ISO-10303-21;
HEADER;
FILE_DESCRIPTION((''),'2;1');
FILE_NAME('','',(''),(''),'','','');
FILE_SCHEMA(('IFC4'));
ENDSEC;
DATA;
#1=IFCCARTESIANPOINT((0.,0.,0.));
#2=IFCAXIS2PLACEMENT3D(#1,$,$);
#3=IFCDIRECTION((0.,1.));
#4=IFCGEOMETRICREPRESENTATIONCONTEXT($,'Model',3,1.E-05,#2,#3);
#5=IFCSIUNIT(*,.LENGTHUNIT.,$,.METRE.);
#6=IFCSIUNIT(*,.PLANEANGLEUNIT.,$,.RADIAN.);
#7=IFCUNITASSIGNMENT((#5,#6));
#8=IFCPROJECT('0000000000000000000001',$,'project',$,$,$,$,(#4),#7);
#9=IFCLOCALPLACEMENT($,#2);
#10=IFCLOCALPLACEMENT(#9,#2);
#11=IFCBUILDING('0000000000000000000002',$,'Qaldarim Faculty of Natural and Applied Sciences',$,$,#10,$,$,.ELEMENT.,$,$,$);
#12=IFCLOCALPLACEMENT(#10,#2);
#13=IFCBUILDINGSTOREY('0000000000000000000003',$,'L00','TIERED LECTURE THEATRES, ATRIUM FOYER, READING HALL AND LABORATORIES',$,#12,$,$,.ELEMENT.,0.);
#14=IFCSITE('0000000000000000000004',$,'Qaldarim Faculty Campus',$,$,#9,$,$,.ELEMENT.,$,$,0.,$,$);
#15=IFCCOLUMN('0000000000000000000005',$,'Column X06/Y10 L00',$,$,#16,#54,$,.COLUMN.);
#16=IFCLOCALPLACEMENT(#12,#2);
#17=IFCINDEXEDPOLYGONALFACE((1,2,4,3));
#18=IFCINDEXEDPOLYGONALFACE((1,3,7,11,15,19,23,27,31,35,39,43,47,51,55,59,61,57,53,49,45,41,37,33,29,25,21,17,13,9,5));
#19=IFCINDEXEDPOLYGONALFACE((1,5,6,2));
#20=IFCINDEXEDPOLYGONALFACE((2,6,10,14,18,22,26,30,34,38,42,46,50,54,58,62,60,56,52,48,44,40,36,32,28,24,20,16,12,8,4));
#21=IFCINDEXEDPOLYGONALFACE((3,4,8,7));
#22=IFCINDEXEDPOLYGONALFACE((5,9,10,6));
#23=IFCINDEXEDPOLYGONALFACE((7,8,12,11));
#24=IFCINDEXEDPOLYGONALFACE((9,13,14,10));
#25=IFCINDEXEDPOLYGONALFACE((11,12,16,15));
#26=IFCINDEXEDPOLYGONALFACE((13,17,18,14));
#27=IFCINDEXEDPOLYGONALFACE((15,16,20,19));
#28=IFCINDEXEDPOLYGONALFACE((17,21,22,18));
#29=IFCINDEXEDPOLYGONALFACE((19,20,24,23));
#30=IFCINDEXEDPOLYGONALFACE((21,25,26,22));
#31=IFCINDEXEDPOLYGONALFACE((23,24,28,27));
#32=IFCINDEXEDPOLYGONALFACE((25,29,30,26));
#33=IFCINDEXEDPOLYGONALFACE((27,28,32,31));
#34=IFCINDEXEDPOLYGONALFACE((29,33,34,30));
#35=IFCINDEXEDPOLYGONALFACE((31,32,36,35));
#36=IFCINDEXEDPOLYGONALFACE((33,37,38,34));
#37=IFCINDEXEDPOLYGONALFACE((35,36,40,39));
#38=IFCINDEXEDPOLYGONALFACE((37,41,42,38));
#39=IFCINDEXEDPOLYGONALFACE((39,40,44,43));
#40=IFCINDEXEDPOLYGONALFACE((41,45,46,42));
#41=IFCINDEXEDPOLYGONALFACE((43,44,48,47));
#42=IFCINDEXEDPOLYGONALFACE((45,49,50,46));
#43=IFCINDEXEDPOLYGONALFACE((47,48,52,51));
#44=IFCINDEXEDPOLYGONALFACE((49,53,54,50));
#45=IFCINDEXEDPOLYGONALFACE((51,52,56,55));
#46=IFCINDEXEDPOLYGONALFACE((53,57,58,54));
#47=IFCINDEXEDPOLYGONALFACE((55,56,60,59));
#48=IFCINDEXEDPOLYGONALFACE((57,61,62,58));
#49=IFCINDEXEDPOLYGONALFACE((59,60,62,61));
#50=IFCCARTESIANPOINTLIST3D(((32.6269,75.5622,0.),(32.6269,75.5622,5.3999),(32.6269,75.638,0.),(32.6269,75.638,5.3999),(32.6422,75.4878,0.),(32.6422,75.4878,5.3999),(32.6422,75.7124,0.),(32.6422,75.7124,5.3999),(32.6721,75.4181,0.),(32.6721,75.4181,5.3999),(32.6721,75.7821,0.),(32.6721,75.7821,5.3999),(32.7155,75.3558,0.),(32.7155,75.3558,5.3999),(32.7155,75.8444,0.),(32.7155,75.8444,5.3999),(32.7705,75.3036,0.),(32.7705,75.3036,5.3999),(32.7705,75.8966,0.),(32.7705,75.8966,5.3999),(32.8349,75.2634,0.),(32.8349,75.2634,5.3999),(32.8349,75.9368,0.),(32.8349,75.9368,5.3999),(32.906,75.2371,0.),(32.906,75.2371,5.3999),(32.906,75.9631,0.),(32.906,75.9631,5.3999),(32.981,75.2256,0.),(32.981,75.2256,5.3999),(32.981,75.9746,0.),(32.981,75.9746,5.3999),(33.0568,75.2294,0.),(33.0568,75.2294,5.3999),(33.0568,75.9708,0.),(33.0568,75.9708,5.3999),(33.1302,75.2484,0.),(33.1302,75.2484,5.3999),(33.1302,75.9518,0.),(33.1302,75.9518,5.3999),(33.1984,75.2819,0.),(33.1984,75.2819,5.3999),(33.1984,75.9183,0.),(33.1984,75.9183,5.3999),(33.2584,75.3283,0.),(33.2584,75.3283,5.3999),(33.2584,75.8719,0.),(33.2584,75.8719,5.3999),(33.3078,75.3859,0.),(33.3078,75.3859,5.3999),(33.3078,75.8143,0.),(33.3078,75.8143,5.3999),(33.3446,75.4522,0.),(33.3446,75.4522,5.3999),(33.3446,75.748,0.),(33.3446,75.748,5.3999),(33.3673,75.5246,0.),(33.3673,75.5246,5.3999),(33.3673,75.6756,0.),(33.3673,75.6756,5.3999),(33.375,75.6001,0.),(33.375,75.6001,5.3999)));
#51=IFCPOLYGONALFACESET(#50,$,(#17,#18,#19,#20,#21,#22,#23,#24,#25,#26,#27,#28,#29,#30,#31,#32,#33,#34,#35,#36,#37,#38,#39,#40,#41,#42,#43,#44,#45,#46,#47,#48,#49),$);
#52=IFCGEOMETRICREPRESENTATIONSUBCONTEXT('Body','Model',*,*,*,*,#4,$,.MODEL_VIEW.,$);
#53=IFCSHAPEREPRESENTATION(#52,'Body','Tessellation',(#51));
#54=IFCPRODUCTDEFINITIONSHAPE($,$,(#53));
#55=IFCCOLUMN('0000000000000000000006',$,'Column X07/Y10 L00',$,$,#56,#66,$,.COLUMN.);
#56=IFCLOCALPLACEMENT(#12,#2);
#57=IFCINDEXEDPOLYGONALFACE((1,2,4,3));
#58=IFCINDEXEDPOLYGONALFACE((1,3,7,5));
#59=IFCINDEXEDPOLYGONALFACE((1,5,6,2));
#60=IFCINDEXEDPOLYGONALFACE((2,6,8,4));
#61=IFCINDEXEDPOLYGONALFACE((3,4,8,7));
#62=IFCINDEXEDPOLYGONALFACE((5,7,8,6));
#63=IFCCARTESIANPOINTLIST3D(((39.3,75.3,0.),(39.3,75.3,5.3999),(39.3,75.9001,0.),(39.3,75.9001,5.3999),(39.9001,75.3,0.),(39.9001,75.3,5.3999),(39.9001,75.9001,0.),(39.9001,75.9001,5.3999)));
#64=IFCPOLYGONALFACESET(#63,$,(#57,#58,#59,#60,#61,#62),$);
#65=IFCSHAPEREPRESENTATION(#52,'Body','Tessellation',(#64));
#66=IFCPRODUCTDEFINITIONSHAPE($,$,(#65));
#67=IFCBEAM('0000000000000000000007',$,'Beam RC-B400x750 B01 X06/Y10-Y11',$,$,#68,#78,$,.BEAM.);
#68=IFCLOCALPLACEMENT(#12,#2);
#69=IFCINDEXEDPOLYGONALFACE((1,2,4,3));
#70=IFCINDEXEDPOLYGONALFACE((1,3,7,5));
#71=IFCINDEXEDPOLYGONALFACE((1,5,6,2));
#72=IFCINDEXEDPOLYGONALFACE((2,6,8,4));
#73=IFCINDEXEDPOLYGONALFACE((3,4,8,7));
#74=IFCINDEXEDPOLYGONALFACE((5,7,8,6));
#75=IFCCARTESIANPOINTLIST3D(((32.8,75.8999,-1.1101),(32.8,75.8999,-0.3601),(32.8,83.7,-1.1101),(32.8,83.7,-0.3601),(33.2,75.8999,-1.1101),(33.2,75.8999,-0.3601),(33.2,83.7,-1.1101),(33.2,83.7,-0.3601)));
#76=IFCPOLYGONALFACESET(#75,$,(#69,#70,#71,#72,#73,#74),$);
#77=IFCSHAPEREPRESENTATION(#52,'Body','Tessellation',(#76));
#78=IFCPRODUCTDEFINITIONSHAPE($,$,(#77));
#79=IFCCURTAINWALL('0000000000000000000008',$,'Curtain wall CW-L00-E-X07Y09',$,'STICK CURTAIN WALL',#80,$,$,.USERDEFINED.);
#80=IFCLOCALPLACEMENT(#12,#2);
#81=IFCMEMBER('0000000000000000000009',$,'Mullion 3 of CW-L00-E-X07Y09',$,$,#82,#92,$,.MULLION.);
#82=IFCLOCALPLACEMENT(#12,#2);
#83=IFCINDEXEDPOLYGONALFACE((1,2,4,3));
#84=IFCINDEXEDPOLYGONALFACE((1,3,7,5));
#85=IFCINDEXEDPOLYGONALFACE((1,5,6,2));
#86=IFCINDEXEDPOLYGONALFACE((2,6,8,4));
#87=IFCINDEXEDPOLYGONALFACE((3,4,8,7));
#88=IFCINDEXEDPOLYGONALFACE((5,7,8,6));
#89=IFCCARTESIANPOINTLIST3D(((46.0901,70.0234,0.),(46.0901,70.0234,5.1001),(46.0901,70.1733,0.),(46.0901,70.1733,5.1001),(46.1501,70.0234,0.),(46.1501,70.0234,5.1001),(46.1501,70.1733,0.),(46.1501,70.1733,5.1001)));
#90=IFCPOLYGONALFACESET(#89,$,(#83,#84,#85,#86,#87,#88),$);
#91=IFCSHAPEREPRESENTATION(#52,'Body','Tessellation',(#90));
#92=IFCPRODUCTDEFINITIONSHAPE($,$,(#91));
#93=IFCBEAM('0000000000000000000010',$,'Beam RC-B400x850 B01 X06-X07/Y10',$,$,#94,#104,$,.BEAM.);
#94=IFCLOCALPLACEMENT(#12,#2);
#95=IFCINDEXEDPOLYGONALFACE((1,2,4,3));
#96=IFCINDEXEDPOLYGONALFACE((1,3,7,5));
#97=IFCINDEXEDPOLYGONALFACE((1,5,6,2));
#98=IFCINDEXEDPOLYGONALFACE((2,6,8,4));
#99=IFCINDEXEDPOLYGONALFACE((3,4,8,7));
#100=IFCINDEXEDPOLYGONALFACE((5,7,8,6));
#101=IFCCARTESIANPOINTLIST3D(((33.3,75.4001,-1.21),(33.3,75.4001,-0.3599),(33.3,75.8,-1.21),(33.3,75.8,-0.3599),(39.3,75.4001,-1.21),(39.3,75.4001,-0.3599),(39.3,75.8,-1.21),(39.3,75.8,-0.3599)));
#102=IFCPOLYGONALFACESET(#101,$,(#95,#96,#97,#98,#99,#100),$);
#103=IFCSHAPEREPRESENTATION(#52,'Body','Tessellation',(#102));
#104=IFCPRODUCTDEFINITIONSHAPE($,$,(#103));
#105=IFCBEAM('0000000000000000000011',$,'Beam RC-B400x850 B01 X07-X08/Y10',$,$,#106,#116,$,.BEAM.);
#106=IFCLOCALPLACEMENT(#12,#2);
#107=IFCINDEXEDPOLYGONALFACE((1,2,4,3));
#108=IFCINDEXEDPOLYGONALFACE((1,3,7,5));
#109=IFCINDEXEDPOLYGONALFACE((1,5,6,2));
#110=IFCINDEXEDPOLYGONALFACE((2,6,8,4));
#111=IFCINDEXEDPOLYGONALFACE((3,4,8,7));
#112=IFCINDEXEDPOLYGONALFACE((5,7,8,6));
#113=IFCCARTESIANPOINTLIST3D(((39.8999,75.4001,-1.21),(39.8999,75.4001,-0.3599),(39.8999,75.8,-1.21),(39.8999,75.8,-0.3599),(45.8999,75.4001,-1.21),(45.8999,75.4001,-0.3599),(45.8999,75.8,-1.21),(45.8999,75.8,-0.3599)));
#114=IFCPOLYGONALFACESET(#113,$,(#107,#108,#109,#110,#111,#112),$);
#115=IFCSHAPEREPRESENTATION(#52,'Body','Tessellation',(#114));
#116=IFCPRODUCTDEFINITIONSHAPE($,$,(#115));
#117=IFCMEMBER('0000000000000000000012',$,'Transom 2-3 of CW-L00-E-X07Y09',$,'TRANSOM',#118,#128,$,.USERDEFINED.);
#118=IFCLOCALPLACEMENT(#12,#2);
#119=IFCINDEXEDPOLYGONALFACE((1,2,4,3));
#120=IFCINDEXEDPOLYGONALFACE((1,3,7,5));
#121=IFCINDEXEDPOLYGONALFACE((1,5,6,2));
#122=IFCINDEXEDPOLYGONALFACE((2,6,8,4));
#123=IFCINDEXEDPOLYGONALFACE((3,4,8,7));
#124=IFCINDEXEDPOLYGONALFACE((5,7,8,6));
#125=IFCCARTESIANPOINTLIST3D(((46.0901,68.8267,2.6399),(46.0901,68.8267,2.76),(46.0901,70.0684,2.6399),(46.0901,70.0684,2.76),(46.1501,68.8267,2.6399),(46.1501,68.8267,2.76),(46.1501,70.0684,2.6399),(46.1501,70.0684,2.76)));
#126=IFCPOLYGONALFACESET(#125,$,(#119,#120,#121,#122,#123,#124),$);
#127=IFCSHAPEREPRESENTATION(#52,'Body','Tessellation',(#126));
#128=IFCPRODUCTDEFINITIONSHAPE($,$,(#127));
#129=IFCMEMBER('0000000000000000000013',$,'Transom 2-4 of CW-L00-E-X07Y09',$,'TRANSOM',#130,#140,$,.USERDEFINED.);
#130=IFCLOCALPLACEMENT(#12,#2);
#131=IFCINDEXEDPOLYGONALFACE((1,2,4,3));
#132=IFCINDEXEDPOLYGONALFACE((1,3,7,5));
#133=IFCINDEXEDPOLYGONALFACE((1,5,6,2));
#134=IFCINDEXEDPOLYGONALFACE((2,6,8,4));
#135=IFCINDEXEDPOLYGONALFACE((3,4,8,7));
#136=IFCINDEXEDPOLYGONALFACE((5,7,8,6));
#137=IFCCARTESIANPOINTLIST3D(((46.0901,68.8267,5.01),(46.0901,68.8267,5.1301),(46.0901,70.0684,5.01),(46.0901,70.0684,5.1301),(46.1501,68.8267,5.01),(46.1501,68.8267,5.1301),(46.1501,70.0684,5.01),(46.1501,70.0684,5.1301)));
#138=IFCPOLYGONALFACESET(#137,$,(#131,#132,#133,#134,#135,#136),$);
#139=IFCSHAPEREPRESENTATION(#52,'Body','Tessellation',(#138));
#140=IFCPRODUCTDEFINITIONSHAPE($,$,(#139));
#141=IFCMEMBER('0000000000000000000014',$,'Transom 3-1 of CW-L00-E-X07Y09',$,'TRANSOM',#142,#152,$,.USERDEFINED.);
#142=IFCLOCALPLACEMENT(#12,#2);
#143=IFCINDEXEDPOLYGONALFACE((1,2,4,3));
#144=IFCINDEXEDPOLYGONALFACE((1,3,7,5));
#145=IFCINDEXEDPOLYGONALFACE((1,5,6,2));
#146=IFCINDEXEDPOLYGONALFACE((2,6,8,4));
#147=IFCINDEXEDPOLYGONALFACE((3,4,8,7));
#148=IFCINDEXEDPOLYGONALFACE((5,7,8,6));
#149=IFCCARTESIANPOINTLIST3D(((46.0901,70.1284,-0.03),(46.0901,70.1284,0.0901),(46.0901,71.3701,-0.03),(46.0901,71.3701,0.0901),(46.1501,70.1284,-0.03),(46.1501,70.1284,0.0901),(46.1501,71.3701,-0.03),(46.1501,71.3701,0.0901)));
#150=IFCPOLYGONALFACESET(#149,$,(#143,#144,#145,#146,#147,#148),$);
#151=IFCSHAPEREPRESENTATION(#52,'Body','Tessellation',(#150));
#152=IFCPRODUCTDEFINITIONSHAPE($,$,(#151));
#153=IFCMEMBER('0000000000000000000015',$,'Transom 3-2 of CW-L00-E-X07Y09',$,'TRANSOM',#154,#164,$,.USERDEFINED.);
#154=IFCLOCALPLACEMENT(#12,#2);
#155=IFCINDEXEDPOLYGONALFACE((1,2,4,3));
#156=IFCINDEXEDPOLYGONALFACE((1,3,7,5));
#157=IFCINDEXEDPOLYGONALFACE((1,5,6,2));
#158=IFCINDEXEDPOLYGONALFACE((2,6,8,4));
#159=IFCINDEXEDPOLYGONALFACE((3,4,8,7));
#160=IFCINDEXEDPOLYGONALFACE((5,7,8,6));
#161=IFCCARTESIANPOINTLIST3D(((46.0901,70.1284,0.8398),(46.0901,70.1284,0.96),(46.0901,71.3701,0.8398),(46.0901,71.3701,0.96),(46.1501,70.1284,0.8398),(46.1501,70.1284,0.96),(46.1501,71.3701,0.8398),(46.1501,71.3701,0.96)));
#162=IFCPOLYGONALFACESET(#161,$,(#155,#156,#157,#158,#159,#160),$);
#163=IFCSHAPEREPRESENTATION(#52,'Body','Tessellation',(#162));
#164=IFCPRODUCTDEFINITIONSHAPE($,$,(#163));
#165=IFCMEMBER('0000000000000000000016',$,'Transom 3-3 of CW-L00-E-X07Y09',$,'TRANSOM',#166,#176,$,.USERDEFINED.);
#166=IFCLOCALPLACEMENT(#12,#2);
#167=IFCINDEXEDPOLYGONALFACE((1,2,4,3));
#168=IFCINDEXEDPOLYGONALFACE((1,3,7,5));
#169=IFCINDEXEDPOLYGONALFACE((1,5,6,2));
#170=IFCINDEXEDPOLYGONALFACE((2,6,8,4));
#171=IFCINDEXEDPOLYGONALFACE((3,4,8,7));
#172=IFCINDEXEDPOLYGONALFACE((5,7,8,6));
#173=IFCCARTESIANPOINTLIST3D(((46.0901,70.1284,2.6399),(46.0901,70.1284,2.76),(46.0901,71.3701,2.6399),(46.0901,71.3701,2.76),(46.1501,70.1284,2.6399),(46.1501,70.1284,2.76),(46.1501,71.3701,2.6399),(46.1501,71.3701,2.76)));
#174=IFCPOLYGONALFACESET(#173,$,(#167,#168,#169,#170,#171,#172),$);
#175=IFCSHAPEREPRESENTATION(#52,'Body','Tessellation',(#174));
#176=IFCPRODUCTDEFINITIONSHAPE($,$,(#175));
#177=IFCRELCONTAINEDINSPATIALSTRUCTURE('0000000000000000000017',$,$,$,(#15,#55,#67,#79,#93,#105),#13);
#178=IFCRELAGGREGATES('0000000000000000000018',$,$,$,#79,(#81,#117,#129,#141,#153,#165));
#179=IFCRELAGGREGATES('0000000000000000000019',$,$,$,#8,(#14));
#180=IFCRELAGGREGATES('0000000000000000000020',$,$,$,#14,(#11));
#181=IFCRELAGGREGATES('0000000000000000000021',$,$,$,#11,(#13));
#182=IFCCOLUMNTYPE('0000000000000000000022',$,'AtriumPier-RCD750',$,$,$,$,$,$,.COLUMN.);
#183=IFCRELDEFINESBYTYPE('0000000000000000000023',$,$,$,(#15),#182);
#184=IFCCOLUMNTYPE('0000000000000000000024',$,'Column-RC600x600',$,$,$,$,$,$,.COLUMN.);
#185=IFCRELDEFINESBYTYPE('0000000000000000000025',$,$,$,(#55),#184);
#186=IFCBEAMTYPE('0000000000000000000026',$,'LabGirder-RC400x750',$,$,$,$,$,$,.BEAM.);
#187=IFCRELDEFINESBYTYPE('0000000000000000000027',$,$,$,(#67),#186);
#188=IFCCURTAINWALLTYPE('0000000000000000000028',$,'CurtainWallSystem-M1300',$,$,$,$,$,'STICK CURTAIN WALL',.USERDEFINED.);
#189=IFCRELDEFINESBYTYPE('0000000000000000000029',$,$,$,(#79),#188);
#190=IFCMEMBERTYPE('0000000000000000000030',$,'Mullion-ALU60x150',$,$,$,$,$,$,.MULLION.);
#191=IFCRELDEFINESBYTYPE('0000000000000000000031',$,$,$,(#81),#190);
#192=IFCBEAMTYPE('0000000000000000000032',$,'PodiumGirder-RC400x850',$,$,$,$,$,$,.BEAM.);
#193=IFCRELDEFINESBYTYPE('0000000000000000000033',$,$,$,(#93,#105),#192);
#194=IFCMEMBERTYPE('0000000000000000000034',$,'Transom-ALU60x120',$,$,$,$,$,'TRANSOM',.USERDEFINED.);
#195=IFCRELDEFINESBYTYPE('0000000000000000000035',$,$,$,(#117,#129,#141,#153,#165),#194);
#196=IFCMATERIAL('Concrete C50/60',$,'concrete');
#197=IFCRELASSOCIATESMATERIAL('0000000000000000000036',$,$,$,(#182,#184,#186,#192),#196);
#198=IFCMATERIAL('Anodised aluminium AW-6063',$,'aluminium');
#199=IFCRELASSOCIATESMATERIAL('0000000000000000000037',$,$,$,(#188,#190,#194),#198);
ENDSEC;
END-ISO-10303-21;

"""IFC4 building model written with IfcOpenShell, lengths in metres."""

from ifc_helpers import new_model, si_unit, direction, frame, origin, origin_2d, place, context, subcontext, project, spatial, rectangle, circle, extrude, material, material_profile, profile_set, type_object, element, aggregate, save


model = new_model("IFC4")

# Units and contexts
model_context = context("Model", 3, precision=1e-05, world=origin(), true_north=direction((0.0, 1.0)))
body_context = subcontext(model_context, "Body", "Model", "MODEL_VIEW")
ifc_project = project(units=[si_unit("LENGTHUNIT", "METRE"), si_unit("PLANEANGLEUNIT", "RADIAN")], contexts=[model_context])

# Site, building, storey
site_placement = place(None, origin())
site = spatial("IfcSite", under=ifc_project, at=site_placement, Name="Qaldarim Faculty Campus", CompositionType="ELEMENT", RefElevation=0.0)
building_placement = place(site_placement, origin())
building = spatial("IfcBuilding", under=site, at=building_placement, Name="Qaldarim Faculty of Natural and Applied Sciences", CompositionType="ELEMENT")
storey_placement = place(building_placement, origin())
storey = spatial("IfcBuildingStorey", under=building, at=storey_placement, Name="L00", Description="TIERED LECTURE THEATRES, ATRIUM FOYER, READING HALL AND LABORATORIES", CompositionType="ELEMENT", Elevation=0.0)

# Columns
ifc_material_1 = material(Name="Concrete C50/60", Category="concrete")
ifc_material_profile_1 = material_profile(ifc_material_1, circle(Radius=0.375, at=origin_2d()), Name="RC-D750")
ifc_profile_set_1 = profile_set([ifc_material_profile_1], Name="Concrete C50/60")
column_type_1 = type_object("IfcColumnType", Name="AtriumPier-RCD750", PredefinedType="COLUMN", material=ifc_profile_set_1)
column_1_placement = place(storey_placement, frame((33.0, 75.6001, 0.0), z_axis=(0.0, 0.0, 1.0), x_axis=(1.0, 0.0, 0.0)))
element("IfcColumn", 1, at=column_1_placement, inside=storey, type_object=column_type_1, Name="Column X06/Y10 L00", PredefinedType="COLUMN", context=body_context, shape_type="SweptSolid", body=[
    extrude(circle(Radius=0.375, at=origin_2d()), origin(), (0.0, 0.0, 1.0), 5.3999),
])
ifc_material_profile_2 = material_profile(ifc_material_1, rectangle(XDim=0.6001, YDim=0.6001, at=origin_2d()), Name="RC-C600x600")
ifc_profile_set_2 = profile_set([ifc_material_profile_2], Name="Concrete C50/60")
column_type_2 = type_object("IfcColumnType", Name="Column-RC600x600", PredefinedType="COLUMN", material=ifc_profile_set_2)
column_2_placement = place(storey_placement, frame((39.6001, 75.6001, 0.0), z_axis=(0.0, 0.0, 1.0), x_axis=(1.0, 0.0, 0.0)))
element("IfcColumn", 2, at=column_2_placement, inside=storey, type_object=column_type_2, Name="Column X07/Y10 L00", PredefinedType="COLUMN", context=body_context, shape_type="SweptSolid", body=[
    extrude(rectangle(XDim=0.6001, YDim=0.6001, at=origin_2d()), origin(), (0.0, 0.0, 1.0), 5.3999),
])

# Beam
ifc_material_profile_3 = material_profile(ifc_material_1, rectangle(XDim=0.3999, YDim=0.75, at=origin_2d()), Name="RC-B400x750")
ifc_profile_set_3 = profile_set([ifc_material_profile_3], Name="Concrete C50/60")
beam_type_1 = type_object("IfcBeamType", Name="LabGirder-RC400x750", PredefinedType="BEAM", material=ifc_profile_set_3)
beam_placement = place(storey_placement, frame((33.0, 75.8999, -0.7351), z_axis=(0.0, 1.0, 0.0), x_axis=(-1.0, 0.0, 0.0)))
element("IfcBeam", 3, at=beam_placement, inside=storey, type_object=beam_type_1, Name="Beam RC-B400x750 B01 X06/Y10-Y11", PredefinedType="BEAM", context=body_context, shape_type="SweptSolid", body=[
    extrude(rectangle(XDim=0.3999, YDim=0.75, at=origin_2d()), origin(), (0.0, 0.0, 1.0), 7.8),
])

# Curtain wall, member
ifc_material_2 = material(Name="Anodised aluminium AW-6063", Category="aluminium")
curtain_wall_type = type_object("IfcCurtainWallType", Name="CurtainWallSystem-M1300", ElementType="STICK CURTAIN WALL", PredefinedType="USERDEFINED", material=ifc_material_2)
curtain_wall_placement = place(storey_placement, origin())
curtain_wall = element("IfcCurtainWall", 4, at=curtain_wall_placement, inside=storey, type_object=curtain_wall_type, Name="Curtain wall CW-L00-E-X07Y09", ObjectType="STICK CURTAIN WALL", PredefinedType="USERDEFINED")
ifc_material_profile_4 = material_profile(ifc_material_2, rectangle(XDim=0.0601, YDim=0.1499, at=origin_2d()), Name="ALU-M60x150")
ifc_profile_set_4 = profile_set([ifc_material_profile_4], Name="Anodised aluminium AW-6063")
member_type_1 = type_object("IfcMemberType", Name="Mullion-ALU60x150", PredefinedType="MULLION", material=ifc_profile_set_4)
member_1_placement = place(storey_placement, frame((46.1201, 70.0984, 0.0), z_axis=(0.0, 0.0, 1.0), x_axis=(-1.0, 0.0, 0.0)))
member_1 = element("IfcMember", 5, at=member_1_placement, type_object=member_type_1, Name="Mullion 3 of CW-L00-E-X07Y09", PredefinedType="MULLION", context=body_context, shape_type="SweptSolid", body=[
    extrude(rectangle(XDim=0.0601, YDim=0.1499, at=origin_2d()), origin(), (0.0, 0.0, 1.0), 5.1001),
])

# Beams
ifc_material_profile_5 = material_profile(ifc_material_1, rectangle(XDim=0.3999, YDim=0.8501, at=origin_2d()), Name="RC-B400x850")
ifc_profile_set_5 = profile_set([ifc_material_profile_5], Name="Concrete C50/60")
beam_type_2 = type_object("IfcBeamType", Name="PodiumGirder-RC400x850", PredefinedType="BEAM", material=ifc_profile_set_5)
for number, where, z_axis, x_axis, name in (
    (6, (33.3, 75.6001, -0.7849), (1.0, 0.0, 0.0), (0.0, 1.0, 0.0), "Beam RC-B400x850 B01 X06-X07/Y10"),
    (7, (39.8999, 75.6001, -0.7849), (1.0, 0.0, 0.0), (0.0, 1.0, 0.0), "Beam RC-B400x850 B01 X07-X08/Y10"),
):
    element("IfcBeam", number, at=place(storey_placement, frame(where, z_axis=z_axis, x_axis=x_axis)), inside=storey, type_object=beam_type_2, Name=name, PredefinedType="BEAM", context=body_context, shape_type="SweptSolid", body=[
        extrude(rectangle(XDim=0.3999, YDim=0.8501, at=origin_2d()), origin(), (0.0, 0.0, 1.0), 6.0),
    ])

# Members
ifc_material_profile_6 = material_profile(ifc_material_2, rectangle(XDim=0.0601, YDim=0.1201, at=origin_2d()), Name="ALU-T60x120")
ifc_profile_set_6 = profile_set([ifc_material_profile_6], Name="Anodised aluminium AW-6063")
member_type_2 = type_object("IfcMemberType", Name="Transom-ALU60x120", ElementType="TRANSOM", PredefinedType="USERDEFINED", material=ifc_profile_set_6)
member_2_placement = place(storey_placement, frame((46.1201, 68.8267, 2.7), z_axis=(0.0, 1.0, 0.0), x_axis=(-1.0, 0.0, 0.0)))
member_2 = element("IfcMember", 8, at=member_2_placement, type_object=member_type_2, Name="Transom 2-3 of CW-L00-E-X07Y09", ObjectType="TRANSOM", PredefinedType="USERDEFINED", context=body_context, shape_type="SweptSolid", body=[
    extrude(rectangle(XDim=0.0601, YDim=0.1201, at=origin_2d()), origin(), (0.0, 0.0, 1.0), 1.2417),
])
member_3_placement = place(storey_placement, frame((46.1201, 68.8267, 5.0701), z_axis=(0.0, 1.0, 0.0), x_axis=(-1.0, 0.0, 0.0)))
member_3 = element("IfcMember", 9, at=member_3_placement, type_object=member_type_2, Name="Transom 2-4 of CW-L00-E-X07Y09", ObjectType="TRANSOM", PredefinedType="USERDEFINED", context=body_context, shape_type="SweptSolid", body=[
    extrude(rectangle(XDim=0.0601, YDim=0.1201, at=origin_2d()), origin(), (0.0, 0.0, 1.0), 1.2417),
])
member_4_placement = place(storey_placement, frame((46.1201, 70.1284, 0.03), z_axis=(0.0, 1.0, 0.0), x_axis=(-1.0, 0.0, 0.0)))
member_4 = element("IfcMember", 10, at=member_4_placement, type_object=member_type_2, Name="Transom 3-1 of CW-L00-E-X07Y09", ObjectType="TRANSOM", PredefinedType="USERDEFINED", context=body_context, shape_type="SweptSolid", body=[
    extrude(rectangle(XDim=0.0601, YDim=0.1201, at=origin_2d()), origin(), (0.0, 0.0, 1.0), 1.2417),
])
member_5_placement = place(storey_placement, frame((46.1201, 70.1284, 0.8999), z_axis=(0.0, 1.0, 0.0), x_axis=(-1.0, 0.0, 0.0)))
member_5 = element("IfcMember", 11, at=member_5_placement, type_object=member_type_2, Name="Transom 3-2 of CW-L00-E-X07Y09", ObjectType="TRANSOM", PredefinedType="USERDEFINED", context=body_context, shape_type="SweptSolid", body=[
    extrude(rectangle(XDim=0.0601, YDim=0.1201, at=origin_2d()), origin(), (0.0, 0.0, 1.0), 1.2417),
])
member_6_placement = place(storey_placement, frame((46.1201, 70.1284, 2.7), z_axis=(0.0, 1.0, 0.0), x_axis=(-1.0, 0.0, 0.0)))
member_6 = element("IfcMember", 12, at=member_6_placement, type_object=member_type_2, Name="Transom 3-3 of CW-L00-E-X07Y09", ObjectType="TRANSOM", PredefinedType="USERDEFINED", context=body_context, shape_type="SweptSolid", body=[
    extrude(rectangle(XDim=0.0601, YDim=0.1201, at=origin_2d()), origin(), (0.0, 0.0, 1.0), 1.2417),
])

aggregate(curtain_wall, [member_1, member_2, member_3, member_4, member_5, member_6])

save(model, "model.ifc")
